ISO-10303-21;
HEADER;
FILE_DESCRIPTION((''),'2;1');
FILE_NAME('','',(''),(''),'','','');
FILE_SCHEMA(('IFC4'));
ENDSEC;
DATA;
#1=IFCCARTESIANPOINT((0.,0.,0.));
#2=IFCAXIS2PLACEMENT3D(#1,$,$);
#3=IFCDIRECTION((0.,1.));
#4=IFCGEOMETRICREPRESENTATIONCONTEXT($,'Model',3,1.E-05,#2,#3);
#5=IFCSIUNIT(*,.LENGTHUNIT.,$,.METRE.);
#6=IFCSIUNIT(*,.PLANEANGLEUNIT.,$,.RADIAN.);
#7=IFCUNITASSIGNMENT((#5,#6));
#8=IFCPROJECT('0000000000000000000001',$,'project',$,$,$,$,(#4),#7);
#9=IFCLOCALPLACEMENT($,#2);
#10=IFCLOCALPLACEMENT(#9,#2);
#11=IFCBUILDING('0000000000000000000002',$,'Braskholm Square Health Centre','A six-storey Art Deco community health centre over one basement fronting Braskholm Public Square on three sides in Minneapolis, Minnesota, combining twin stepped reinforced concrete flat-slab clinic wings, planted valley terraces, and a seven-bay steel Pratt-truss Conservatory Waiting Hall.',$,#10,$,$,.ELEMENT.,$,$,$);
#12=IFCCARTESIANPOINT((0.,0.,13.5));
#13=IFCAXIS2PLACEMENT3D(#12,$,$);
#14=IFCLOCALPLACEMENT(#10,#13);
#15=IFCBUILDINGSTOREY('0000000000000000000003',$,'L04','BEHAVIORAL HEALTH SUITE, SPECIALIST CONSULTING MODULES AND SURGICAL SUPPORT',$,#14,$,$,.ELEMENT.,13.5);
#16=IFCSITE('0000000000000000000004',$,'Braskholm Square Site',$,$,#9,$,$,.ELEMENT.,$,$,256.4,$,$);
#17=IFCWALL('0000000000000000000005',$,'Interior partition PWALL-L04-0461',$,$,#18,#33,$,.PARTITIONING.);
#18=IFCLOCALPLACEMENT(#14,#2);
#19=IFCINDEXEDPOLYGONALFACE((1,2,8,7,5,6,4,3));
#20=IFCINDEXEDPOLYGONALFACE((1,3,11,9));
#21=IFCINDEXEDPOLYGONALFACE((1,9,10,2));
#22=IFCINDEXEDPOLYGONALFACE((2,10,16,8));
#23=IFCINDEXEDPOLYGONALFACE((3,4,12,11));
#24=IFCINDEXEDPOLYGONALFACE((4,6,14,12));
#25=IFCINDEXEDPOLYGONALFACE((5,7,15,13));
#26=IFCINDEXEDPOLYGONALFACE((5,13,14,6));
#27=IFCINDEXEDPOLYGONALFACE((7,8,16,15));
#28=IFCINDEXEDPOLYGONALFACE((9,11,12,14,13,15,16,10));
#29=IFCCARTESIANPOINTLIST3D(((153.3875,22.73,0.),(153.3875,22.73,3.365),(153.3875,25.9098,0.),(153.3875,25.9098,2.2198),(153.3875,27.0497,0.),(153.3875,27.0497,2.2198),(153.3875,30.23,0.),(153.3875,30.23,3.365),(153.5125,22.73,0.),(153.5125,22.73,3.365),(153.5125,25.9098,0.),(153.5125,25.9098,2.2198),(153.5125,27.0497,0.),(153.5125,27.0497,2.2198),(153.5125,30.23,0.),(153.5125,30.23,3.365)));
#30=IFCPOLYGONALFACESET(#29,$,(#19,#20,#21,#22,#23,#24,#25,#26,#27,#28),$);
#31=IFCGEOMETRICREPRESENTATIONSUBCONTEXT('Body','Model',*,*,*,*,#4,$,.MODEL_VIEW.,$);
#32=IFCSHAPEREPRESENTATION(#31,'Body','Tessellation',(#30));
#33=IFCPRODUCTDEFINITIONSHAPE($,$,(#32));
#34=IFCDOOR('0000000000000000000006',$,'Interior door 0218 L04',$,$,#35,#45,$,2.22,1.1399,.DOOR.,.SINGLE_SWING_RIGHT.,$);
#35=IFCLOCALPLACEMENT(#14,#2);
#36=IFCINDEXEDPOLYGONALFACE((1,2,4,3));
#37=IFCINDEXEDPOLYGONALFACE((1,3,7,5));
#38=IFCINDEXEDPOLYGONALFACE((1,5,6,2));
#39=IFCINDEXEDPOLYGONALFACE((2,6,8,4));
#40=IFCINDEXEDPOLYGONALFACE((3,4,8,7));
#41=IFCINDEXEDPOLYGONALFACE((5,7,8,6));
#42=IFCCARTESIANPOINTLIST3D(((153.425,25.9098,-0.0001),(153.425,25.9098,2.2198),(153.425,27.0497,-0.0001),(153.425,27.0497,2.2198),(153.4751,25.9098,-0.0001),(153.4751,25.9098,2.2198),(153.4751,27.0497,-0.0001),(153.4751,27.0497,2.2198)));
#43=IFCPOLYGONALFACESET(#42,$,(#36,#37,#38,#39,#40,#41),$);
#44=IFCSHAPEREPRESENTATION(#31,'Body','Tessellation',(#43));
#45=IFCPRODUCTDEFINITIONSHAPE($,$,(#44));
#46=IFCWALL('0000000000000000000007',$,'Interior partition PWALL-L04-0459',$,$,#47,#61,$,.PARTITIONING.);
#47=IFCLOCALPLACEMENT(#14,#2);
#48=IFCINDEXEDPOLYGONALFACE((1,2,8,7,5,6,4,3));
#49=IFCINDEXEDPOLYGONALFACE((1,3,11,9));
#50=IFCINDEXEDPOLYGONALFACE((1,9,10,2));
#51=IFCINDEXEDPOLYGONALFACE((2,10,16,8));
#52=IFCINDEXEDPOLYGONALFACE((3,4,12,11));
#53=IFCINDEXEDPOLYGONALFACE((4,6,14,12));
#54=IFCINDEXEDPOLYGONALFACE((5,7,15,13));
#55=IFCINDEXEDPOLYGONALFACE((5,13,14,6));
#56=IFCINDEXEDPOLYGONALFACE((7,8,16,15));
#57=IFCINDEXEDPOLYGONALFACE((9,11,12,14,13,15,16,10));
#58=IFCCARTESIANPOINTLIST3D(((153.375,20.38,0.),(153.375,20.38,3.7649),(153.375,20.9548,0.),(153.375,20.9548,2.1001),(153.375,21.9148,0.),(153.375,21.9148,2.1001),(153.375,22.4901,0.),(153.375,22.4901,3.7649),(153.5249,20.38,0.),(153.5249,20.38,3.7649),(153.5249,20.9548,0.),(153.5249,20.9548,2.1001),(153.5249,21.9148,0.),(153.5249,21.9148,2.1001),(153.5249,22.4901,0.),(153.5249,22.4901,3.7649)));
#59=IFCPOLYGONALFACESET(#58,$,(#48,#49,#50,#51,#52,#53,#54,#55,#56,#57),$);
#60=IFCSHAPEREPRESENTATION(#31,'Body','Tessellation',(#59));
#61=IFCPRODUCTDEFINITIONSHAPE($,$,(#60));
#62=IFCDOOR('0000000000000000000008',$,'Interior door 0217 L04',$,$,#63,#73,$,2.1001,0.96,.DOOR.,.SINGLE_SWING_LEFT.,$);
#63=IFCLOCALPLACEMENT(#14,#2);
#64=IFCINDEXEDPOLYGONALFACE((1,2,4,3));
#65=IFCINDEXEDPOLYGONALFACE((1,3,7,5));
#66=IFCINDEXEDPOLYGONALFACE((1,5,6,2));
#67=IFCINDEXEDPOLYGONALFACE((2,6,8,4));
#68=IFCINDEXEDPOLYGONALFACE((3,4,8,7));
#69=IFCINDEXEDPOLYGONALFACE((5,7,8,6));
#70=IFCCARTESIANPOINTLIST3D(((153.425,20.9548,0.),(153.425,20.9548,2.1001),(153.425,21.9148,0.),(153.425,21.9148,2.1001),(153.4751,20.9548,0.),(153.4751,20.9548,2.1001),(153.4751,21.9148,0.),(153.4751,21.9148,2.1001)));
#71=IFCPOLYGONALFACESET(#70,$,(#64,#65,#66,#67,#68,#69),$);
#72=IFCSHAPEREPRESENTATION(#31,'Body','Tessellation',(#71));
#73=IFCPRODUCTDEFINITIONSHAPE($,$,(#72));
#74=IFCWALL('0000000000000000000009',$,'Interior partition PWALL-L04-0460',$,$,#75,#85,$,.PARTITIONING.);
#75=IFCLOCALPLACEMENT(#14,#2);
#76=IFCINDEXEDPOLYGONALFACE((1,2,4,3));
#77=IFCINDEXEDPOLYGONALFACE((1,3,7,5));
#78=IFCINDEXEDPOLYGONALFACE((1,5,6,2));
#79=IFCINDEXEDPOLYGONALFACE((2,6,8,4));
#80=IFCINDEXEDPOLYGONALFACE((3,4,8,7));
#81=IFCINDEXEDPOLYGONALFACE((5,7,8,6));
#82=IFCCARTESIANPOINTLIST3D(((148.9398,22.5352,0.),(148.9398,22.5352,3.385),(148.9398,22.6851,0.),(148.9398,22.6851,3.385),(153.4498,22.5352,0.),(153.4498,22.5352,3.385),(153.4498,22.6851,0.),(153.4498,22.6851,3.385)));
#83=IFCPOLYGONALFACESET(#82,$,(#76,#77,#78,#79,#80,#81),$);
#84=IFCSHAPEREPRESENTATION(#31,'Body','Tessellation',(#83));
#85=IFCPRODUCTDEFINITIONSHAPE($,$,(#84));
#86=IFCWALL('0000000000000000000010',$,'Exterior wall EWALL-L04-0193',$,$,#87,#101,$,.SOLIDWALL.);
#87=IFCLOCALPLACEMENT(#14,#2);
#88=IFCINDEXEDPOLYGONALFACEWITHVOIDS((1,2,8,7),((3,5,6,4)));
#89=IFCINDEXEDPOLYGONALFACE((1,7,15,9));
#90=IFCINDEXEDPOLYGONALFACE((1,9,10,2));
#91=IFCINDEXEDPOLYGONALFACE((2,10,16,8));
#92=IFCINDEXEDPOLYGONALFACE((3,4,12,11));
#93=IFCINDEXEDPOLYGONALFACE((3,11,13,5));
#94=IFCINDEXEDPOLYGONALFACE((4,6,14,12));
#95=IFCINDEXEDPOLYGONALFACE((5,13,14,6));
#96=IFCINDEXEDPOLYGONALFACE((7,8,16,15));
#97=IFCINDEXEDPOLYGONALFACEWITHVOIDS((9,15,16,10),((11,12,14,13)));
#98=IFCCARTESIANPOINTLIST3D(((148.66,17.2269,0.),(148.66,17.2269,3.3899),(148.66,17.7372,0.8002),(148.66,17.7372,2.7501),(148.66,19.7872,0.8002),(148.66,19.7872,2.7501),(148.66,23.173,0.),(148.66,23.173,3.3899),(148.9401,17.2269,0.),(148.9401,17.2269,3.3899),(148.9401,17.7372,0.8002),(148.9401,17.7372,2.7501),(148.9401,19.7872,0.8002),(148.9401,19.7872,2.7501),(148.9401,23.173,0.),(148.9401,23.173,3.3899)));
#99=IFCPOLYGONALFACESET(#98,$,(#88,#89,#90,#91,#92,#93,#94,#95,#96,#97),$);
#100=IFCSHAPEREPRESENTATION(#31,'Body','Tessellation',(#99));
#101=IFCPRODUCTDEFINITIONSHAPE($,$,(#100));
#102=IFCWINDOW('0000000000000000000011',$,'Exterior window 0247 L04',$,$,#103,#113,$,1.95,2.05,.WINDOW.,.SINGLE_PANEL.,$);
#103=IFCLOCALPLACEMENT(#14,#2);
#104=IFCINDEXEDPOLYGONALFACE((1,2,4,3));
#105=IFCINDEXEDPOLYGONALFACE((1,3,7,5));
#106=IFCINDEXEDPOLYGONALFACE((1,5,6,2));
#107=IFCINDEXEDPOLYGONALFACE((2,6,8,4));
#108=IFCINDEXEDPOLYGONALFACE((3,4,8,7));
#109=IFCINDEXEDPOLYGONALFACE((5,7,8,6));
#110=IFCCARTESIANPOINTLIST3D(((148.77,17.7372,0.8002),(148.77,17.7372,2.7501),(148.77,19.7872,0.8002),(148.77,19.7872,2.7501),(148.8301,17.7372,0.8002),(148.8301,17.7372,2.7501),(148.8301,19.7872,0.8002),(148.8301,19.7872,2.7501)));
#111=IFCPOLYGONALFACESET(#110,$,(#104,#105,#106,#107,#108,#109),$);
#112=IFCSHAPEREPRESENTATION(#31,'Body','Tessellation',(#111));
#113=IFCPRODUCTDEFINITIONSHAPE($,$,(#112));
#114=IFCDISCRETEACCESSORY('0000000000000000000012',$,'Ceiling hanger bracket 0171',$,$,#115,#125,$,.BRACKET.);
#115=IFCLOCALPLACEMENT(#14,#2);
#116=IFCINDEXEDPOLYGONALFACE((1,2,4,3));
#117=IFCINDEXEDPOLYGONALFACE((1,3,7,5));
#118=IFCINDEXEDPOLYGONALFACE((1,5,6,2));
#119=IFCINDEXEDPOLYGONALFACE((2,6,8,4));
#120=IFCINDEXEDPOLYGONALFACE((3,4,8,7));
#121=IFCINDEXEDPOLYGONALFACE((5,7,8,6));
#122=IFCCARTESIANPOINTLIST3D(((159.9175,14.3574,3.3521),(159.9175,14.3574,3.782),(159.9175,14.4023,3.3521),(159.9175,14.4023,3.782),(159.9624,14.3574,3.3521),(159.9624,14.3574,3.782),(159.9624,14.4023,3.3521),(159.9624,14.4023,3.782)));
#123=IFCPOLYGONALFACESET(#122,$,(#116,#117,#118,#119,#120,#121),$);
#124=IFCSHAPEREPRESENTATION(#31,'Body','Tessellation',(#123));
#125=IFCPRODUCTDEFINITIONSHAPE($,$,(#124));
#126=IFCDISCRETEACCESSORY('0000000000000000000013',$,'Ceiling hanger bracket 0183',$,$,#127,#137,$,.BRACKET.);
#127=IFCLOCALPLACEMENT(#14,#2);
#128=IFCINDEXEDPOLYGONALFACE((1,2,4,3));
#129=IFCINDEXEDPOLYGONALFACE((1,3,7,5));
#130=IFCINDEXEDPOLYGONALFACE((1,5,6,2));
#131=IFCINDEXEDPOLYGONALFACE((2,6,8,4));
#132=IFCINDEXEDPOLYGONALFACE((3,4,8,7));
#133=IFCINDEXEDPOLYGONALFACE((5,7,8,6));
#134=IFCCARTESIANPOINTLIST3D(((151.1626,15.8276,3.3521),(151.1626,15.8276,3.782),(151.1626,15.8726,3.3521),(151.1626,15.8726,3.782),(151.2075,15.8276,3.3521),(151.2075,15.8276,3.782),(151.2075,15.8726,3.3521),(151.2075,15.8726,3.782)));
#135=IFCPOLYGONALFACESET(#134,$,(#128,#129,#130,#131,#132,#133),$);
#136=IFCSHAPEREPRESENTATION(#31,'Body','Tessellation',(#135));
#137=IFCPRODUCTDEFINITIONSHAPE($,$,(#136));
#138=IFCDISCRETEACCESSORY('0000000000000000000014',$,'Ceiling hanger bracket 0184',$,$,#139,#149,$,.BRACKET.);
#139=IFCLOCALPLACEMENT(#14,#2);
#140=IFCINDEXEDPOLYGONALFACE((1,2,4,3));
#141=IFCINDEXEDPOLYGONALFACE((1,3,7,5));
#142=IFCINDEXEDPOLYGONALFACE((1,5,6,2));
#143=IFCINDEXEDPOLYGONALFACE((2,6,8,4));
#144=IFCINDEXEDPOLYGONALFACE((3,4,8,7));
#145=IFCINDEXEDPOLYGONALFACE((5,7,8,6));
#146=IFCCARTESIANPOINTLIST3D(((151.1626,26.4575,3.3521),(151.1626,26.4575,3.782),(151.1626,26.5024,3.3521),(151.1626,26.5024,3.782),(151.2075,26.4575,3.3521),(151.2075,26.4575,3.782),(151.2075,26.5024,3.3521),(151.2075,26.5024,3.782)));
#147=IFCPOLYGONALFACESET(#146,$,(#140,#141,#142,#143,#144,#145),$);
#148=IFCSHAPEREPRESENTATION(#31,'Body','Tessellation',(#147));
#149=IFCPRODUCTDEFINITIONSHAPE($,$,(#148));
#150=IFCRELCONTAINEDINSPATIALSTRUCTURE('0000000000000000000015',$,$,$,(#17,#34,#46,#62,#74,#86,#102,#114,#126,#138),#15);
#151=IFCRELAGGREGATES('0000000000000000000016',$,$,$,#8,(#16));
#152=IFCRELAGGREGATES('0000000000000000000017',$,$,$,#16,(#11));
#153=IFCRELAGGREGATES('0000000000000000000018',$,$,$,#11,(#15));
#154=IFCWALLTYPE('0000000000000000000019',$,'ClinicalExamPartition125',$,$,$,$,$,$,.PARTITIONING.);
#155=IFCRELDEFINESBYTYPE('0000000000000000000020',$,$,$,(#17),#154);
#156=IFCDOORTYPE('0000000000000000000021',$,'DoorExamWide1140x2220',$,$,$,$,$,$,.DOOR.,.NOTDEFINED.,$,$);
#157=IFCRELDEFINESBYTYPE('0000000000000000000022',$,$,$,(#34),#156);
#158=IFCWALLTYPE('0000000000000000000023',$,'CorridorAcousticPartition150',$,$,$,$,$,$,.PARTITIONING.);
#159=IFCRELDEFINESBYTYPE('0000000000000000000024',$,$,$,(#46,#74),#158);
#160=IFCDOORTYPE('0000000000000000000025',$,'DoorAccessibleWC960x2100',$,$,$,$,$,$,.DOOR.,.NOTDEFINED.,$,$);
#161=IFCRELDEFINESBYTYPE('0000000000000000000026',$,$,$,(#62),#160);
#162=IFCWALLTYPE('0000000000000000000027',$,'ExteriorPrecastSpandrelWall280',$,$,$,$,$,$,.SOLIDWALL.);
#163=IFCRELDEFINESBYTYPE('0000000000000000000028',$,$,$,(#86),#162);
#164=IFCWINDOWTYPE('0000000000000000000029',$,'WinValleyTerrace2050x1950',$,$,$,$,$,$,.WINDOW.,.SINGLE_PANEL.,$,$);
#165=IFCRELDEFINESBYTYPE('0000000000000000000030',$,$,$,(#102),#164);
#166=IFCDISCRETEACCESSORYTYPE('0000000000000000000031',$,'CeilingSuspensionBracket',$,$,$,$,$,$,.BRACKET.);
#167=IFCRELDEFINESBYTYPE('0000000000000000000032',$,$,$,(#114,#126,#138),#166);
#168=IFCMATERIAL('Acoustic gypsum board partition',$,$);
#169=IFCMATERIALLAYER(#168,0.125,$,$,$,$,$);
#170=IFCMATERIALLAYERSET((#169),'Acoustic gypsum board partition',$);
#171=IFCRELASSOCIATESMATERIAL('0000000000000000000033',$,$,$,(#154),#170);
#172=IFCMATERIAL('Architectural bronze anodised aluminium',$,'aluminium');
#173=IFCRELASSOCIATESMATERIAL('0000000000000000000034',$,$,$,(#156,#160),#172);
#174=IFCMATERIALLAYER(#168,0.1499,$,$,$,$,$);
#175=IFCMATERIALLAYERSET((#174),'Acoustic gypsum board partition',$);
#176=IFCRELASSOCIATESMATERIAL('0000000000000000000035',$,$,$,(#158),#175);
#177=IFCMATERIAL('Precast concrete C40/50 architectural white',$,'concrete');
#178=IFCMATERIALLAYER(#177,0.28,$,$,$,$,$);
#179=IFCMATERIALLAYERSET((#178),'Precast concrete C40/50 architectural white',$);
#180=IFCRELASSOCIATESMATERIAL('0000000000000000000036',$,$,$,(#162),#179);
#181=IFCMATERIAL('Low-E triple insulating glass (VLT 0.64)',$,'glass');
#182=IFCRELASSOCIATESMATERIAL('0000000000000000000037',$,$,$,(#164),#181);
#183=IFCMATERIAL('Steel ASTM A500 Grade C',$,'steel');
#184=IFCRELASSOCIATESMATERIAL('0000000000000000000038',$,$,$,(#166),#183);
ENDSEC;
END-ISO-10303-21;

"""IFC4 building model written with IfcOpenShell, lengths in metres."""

from ifc_helpers import new_model, si_unit, direction, frame, frame_2d, origin, origin_with_axes, origin_2d, place, context, subcontext, project, spatial, rectangle, extrude, material, layer, layer_set, type_object, element, fill, save


model = new_model("IFC4")

# Units and contexts
model_context = context("Model", 3, precision=1e-05, world=origin(), true_north=direction((0.0, 1.0)))
body_context = subcontext(model_context, "Body", "Model", "MODEL_VIEW")
ifc_project = project(units=[si_unit("LENGTHUNIT", "METRE"), si_unit("PLANEANGLEUNIT", "RADIAN")], contexts=[model_context])

# Site, building, storey
site_placement = place(None, origin())
site = spatial("IfcSite", under=ifc_project, at=site_placement, Name="Braskholm Square Site", CompositionType="ELEMENT", RefElevation=256.4)
building_placement = place(site_placement, origin())
building = spatial("IfcBuilding", under=site, at=building_placement, Name="Braskholm Square Health Centre", Description="A six-storey Art Deco community health centre over one basement fronting Braskholm Public Square on three sides in Minneapolis, Minnesota, combining twin stepped reinforced concrete flat-slab clinic wings, planted valley terraces, and a seven-bay steel Pratt-truss Conservatory Waiting Hall.", CompositionType="ELEMENT")
storey_placement = place(building_placement, frame((0.0, 0.0, 13.5)))
storey = spatial("IfcBuildingStorey", under=building, at=storey_placement, Name="L04", Description="BEHAVIORAL HEALTH SUITE, SPECIALIST CONSULTING MODULES AND SURGICAL SUPPORT", CompositionType="ELEMENT", Elevation=13.5)

# Shared definitions
ifc_material_1 = material(Name="Low-E triple insulating glass (VLT 0.64)", Category="glass")
ifc_material_2 = material(Name="Architectural bronze anodised aluminium", Category="aluminium")

# Shared definitions
ifc_material_3 = material(Name="Acoustic gypsum board partition")
ifc_layer_1 = layer(ifc_material_3, 0.125)
ifc_layer_set_1 = layer_set([ifc_layer_1], Name="Acoustic gypsum board partition")
wall_type_1 = type_object("IfcWallType", Name="ClinicalExamPartition125", PredefinedType="PARTITIONING", material=ifc_layer_set_1)

# Walls, openings, doors
wall_1_placement = place(storey_placement, frame((153.45, 22.73, 0.0), z_axis=(0.0, 0.0, 1.0), x_axis=(0.0, 1.0, 0.0)))
wall_1 = element("IfcWall", 1, at=wall_1_placement, inside=storey, type_object=wall_type_1, Name="Interior partition PWALL-L04-0461", PredefinedType="PARTITIONING", context=body_context, shape_type="SweptSolid", body=[
    extrude(rectangle(XDim=7.5, YDim=0.125, at=frame_2d((3.75, 0.0))), origin(), (0.0, 0.0, 1.0), 3.365),
])
opening_1_placement = place(wall_1_placement, frame((3.1799, 0.0, 0.0)))
opening_1 = element("IfcOpeningElement", 2, at=opening_1_placement, cuts=wall_1, PredefinedType="OPENING", context=body_context, shape_type="SweptSolid", body=[
    extrude(rectangle(XDim=1.1399, YDim=2.22, at=frame_2d((0.5698, 1.1099))), frame((0.0, 0.0725, 0.0), z_axis=(0.0, -1.0, 0.0), x_axis=(1.0, 0.0, 0.0)), (0.0, 0.0, 1.0), 0.145),
])
door_type_1 = type_object("IfcDoorType", Name="DoorExamWide1140x2220", OperationType="NOTDEFINED", PredefinedType="DOOR", material=ifc_material_2)
door_1_placement = place(opening_1_placement, origin_with_axes())
door_1 = element("IfcDoor", 3, at=door_1_placement, inside=storey, type_object=door_type_1, Name="Interior door 0218 L04", OperationType="SINGLE_SWING_RIGHT", OverallHeight=2.22, OverallWidth=1.1399, PredefinedType="DOOR", context=body_context, shape_type="SweptSolid", body=[
    extrude(rectangle(XDim=1.1399, YDim=2.22, at=frame_2d((0.5698, 1.1099))), frame((0.0, 0.0249, 0.0), z_axis=(0.0, -1.0, 0.0), x_axis=(1.0, 0.0, 0.0)), (0.0, 0.0, 1.0), 0.05),
])
fill(opening_1, door_1)
ifc_layer_2 = layer(ifc_material_3, 0.1499)
ifc_layer_set_2 = layer_set([ifc_layer_2], Name="Acoustic gypsum board partition")
wall_type_2 = type_object("IfcWallType", Name="CorridorAcousticPartition150", PredefinedType="PARTITIONING", material=ifc_layer_set_2)
wall_2_placement = place(storey_placement, frame((153.45, 20.3799, 0.0), z_axis=(0.0, 0.0, 1.0), x_axis=(0.0, 1.0, 0.0)))
wall_2 = element("IfcWall", 4, at=wall_2_placement, inside=storey, type_object=wall_type_2, Name="Interior partition PWALL-L04-0459", PredefinedType="PARTITIONING", context=body_context, shape_type="SweptSolid", body=[
    extrude(rectangle(XDim=2.1101, YDim=0.1499, at=frame_2d((1.0552, 0.0))), origin(), (0.0, 0.0, 1.0), 3.7649),
])
opening_2_placement = place(wall_2_placement, frame((0.575, 0.0, 0.0)))
opening_2 = element("IfcOpeningElement", 5, at=opening_2_placement, cuts=wall_2, PredefinedType="OPENING", context=body_context, shape_type="SweptSolid", body=[
    extrude(rectangle(XDim=0.96, YDim=2.1001, at=frame_2d((0.48, 1.05))), frame((0.0, 0.085, 0.0), z_axis=(0.0, -1.0, 0.0), x_axis=(1.0, 0.0, 0.0)), (0.0, 0.0, 1.0), 0.1699),
])
door_type_2 = type_object("IfcDoorType", Name="DoorAccessibleWC960x2100", OperationType="NOTDEFINED", PredefinedType="DOOR", material=ifc_material_2)
door_2_placement = place(opening_2_placement, origin_with_axes())
door_2 = element("IfcDoor", 6, at=door_2_placement, inside=storey, type_object=door_type_2, Name="Interior door 0217 L04", OperationType="SINGLE_SWING_LEFT", OverallHeight=2.1001, OverallWidth=0.96, PredefinedType="DOOR", context=body_context, shape_type="SweptSolid", body=[
    extrude(rectangle(XDim=0.96, YDim=2.1001, at=frame_2d((0.48, 1.05))), frame((0.0, 0.0249, 0.0), z_axis=(0.0, -1.0, 0.0), x_axis=(1.0, 0.0, 0.0)), (0.0, 0.0, 1.0), 0.05),
])
fill(opening_2, door_2)

# Wall
wall_3_placement = place(storey_placement, frame((148.9399, 22.6101, 0.0), z_axis=(0.0, 0.0, 1.0), x_axis=(1.0, 0.0, 0.0)))
element("IfcWall", 7, at=wall_3_placement, inside=storey, type_object=wall_type_2, Name="Interior partition PWALL-L04-0460", PredefinedType="PARTITIONING", context=body_context, shape_type="SweptSolid", body=[
    extrude(rectangle(XDim=4.51, YDim=0.1499, at=frame_2d((2.2549, 0.0))), origin(), (0.0, 0.0, 1.0), 3.385),
])

# Wall, opening, window
ifc_material_4 = material(Name="Precast concrete C40/50 architectural white", Category="concrete")
ifc_layer_3 = layer(ifc_material_4, 0.28)
ifc_layer_set_3 = layer_set([ifc_layer_3], Name="Precast concrete C40/50 architectural white")
wall_type_3 = type_object("IfcWallType", Name="ExteriorPrecastSpandrelWall280", PredefinedType="SOLIDWALL", material=ifc_layer_set_3)
wall_4_placement = place(storey_placement, frame((148.8, 23.1731, 0.0), z_axis=(0.0, 0.0, 1.0), x_axis=(0.0, -1.0, 0.0)))
wall_4 = element("IfcWall", 8, at=wall_4_placement, inside=storey, type_object=wall_type_3, Name="Exterior wall EWALL-L04-0193", PredefinedType="SOLIDWALL", context=body_context, shape_type="SweptSolid", body=[
    extrude(rectangle(XDim=5.946, YDim=0.28, at=frame_2d((2.9731, 0.0))), origin(), (0.0, 0.0, 1.0), 3.3899),
])
opening_3_placement = place(wall_4_placement, frame((3.386, 0.0, 0.8)))
opening_3 = element("IfcOpeningElement", 9, at=opening_3_placement, cuts=wall_4, PredefinedType="OPENING", context=body_context, shape_type="SweptSolid", body=[
    extrude(rectangle(XDim=2.05, YDim=1.95, at=frame_2d((1.0249, 0.9751))), frame((0.0, 0.1499, 0.0), z_axis=(0.0, -1.0, 0.0), x_axis=(1.0, 0.0, 0.0)), (0.0, 0.0, 1.0), 0.3),
])
window_type = type_object("IfcWindowType", Name="WinValleyTerrace2050x1950", PartitioningType="SINGLE_PANEL", PredefinedType="WINDOW", material=ifc_material_1)
window_placement = place(opening_3_placement, origin_with_axes())
window = element("IfcWindow", 10, at=window_placement, inside=storey, type_object=window_type, Name="Exterior window 0247 L04", OverallHeight=1.95, OverallWidth=2.05, PartitioningType="SINGLE_PANEL", PredefinedType="WINDOW", context=body_context, shape_type="SweptSolid", body=[
    extrude(rectangle(XDim=2.05, YDim=1.95, at=frame_2d((1.0249, 0.9751))), frame((0.0, 0.03, 0.0), z_axis=(0.0, -1.0, 0.0), x_axis=(1.0, 0.0, 0.0)), (0.0, 0.0, 1.0), 0.0601),
])
fill(opening_3, window)

# Discrete accessories
ifc_material_5 = material(Name="Steel ASTM A500 Grade C", Category="steel")
discrete_accessory_type = type_object("IfcDiscreteAccessoryType", Name="CeilingSuspensionBracket", PredefinedType="BRACKET", material=ifc_material_5)
for number, where, z_axis, x_axis, name in (
    (11, (159.9399, 14.3799, 3.3521), (0.0, 0.0, 1.0), (1.0, 0.0, 0.0), "Ceiling hanger bracket 0171"),
    (12, (151.1851, 15.8501, 3.3521), (0.0, 0.0, 1.0), (1.0, 0.0, 0.0), "Ceiling hanger bracket 0183"),
    (13, (151.1851, 26.48, 3.3521), (0.0, 0.0, 1.0), (1.0, 0.0, 0.0), "Ceiling hanger bracket 0184"),
):
    element("IfcDiscreteAccessory", number, at=place(storey_placement, frame(where, z_axis=z_axis, x_axis=x_axis)), inside=storey, type_object=discrete_accessory_type, Name=name, PredefinedType="BRACKET", context=body_context, shape_type="SweptSolid", body=[
        extrude(rectangle(XDim=0.0449, YDim=0.0449, at=origin_2d()), origin(), (0.0, 0.0, 1.0), 0.4299),
    ])

save(model, "model.ifc")
